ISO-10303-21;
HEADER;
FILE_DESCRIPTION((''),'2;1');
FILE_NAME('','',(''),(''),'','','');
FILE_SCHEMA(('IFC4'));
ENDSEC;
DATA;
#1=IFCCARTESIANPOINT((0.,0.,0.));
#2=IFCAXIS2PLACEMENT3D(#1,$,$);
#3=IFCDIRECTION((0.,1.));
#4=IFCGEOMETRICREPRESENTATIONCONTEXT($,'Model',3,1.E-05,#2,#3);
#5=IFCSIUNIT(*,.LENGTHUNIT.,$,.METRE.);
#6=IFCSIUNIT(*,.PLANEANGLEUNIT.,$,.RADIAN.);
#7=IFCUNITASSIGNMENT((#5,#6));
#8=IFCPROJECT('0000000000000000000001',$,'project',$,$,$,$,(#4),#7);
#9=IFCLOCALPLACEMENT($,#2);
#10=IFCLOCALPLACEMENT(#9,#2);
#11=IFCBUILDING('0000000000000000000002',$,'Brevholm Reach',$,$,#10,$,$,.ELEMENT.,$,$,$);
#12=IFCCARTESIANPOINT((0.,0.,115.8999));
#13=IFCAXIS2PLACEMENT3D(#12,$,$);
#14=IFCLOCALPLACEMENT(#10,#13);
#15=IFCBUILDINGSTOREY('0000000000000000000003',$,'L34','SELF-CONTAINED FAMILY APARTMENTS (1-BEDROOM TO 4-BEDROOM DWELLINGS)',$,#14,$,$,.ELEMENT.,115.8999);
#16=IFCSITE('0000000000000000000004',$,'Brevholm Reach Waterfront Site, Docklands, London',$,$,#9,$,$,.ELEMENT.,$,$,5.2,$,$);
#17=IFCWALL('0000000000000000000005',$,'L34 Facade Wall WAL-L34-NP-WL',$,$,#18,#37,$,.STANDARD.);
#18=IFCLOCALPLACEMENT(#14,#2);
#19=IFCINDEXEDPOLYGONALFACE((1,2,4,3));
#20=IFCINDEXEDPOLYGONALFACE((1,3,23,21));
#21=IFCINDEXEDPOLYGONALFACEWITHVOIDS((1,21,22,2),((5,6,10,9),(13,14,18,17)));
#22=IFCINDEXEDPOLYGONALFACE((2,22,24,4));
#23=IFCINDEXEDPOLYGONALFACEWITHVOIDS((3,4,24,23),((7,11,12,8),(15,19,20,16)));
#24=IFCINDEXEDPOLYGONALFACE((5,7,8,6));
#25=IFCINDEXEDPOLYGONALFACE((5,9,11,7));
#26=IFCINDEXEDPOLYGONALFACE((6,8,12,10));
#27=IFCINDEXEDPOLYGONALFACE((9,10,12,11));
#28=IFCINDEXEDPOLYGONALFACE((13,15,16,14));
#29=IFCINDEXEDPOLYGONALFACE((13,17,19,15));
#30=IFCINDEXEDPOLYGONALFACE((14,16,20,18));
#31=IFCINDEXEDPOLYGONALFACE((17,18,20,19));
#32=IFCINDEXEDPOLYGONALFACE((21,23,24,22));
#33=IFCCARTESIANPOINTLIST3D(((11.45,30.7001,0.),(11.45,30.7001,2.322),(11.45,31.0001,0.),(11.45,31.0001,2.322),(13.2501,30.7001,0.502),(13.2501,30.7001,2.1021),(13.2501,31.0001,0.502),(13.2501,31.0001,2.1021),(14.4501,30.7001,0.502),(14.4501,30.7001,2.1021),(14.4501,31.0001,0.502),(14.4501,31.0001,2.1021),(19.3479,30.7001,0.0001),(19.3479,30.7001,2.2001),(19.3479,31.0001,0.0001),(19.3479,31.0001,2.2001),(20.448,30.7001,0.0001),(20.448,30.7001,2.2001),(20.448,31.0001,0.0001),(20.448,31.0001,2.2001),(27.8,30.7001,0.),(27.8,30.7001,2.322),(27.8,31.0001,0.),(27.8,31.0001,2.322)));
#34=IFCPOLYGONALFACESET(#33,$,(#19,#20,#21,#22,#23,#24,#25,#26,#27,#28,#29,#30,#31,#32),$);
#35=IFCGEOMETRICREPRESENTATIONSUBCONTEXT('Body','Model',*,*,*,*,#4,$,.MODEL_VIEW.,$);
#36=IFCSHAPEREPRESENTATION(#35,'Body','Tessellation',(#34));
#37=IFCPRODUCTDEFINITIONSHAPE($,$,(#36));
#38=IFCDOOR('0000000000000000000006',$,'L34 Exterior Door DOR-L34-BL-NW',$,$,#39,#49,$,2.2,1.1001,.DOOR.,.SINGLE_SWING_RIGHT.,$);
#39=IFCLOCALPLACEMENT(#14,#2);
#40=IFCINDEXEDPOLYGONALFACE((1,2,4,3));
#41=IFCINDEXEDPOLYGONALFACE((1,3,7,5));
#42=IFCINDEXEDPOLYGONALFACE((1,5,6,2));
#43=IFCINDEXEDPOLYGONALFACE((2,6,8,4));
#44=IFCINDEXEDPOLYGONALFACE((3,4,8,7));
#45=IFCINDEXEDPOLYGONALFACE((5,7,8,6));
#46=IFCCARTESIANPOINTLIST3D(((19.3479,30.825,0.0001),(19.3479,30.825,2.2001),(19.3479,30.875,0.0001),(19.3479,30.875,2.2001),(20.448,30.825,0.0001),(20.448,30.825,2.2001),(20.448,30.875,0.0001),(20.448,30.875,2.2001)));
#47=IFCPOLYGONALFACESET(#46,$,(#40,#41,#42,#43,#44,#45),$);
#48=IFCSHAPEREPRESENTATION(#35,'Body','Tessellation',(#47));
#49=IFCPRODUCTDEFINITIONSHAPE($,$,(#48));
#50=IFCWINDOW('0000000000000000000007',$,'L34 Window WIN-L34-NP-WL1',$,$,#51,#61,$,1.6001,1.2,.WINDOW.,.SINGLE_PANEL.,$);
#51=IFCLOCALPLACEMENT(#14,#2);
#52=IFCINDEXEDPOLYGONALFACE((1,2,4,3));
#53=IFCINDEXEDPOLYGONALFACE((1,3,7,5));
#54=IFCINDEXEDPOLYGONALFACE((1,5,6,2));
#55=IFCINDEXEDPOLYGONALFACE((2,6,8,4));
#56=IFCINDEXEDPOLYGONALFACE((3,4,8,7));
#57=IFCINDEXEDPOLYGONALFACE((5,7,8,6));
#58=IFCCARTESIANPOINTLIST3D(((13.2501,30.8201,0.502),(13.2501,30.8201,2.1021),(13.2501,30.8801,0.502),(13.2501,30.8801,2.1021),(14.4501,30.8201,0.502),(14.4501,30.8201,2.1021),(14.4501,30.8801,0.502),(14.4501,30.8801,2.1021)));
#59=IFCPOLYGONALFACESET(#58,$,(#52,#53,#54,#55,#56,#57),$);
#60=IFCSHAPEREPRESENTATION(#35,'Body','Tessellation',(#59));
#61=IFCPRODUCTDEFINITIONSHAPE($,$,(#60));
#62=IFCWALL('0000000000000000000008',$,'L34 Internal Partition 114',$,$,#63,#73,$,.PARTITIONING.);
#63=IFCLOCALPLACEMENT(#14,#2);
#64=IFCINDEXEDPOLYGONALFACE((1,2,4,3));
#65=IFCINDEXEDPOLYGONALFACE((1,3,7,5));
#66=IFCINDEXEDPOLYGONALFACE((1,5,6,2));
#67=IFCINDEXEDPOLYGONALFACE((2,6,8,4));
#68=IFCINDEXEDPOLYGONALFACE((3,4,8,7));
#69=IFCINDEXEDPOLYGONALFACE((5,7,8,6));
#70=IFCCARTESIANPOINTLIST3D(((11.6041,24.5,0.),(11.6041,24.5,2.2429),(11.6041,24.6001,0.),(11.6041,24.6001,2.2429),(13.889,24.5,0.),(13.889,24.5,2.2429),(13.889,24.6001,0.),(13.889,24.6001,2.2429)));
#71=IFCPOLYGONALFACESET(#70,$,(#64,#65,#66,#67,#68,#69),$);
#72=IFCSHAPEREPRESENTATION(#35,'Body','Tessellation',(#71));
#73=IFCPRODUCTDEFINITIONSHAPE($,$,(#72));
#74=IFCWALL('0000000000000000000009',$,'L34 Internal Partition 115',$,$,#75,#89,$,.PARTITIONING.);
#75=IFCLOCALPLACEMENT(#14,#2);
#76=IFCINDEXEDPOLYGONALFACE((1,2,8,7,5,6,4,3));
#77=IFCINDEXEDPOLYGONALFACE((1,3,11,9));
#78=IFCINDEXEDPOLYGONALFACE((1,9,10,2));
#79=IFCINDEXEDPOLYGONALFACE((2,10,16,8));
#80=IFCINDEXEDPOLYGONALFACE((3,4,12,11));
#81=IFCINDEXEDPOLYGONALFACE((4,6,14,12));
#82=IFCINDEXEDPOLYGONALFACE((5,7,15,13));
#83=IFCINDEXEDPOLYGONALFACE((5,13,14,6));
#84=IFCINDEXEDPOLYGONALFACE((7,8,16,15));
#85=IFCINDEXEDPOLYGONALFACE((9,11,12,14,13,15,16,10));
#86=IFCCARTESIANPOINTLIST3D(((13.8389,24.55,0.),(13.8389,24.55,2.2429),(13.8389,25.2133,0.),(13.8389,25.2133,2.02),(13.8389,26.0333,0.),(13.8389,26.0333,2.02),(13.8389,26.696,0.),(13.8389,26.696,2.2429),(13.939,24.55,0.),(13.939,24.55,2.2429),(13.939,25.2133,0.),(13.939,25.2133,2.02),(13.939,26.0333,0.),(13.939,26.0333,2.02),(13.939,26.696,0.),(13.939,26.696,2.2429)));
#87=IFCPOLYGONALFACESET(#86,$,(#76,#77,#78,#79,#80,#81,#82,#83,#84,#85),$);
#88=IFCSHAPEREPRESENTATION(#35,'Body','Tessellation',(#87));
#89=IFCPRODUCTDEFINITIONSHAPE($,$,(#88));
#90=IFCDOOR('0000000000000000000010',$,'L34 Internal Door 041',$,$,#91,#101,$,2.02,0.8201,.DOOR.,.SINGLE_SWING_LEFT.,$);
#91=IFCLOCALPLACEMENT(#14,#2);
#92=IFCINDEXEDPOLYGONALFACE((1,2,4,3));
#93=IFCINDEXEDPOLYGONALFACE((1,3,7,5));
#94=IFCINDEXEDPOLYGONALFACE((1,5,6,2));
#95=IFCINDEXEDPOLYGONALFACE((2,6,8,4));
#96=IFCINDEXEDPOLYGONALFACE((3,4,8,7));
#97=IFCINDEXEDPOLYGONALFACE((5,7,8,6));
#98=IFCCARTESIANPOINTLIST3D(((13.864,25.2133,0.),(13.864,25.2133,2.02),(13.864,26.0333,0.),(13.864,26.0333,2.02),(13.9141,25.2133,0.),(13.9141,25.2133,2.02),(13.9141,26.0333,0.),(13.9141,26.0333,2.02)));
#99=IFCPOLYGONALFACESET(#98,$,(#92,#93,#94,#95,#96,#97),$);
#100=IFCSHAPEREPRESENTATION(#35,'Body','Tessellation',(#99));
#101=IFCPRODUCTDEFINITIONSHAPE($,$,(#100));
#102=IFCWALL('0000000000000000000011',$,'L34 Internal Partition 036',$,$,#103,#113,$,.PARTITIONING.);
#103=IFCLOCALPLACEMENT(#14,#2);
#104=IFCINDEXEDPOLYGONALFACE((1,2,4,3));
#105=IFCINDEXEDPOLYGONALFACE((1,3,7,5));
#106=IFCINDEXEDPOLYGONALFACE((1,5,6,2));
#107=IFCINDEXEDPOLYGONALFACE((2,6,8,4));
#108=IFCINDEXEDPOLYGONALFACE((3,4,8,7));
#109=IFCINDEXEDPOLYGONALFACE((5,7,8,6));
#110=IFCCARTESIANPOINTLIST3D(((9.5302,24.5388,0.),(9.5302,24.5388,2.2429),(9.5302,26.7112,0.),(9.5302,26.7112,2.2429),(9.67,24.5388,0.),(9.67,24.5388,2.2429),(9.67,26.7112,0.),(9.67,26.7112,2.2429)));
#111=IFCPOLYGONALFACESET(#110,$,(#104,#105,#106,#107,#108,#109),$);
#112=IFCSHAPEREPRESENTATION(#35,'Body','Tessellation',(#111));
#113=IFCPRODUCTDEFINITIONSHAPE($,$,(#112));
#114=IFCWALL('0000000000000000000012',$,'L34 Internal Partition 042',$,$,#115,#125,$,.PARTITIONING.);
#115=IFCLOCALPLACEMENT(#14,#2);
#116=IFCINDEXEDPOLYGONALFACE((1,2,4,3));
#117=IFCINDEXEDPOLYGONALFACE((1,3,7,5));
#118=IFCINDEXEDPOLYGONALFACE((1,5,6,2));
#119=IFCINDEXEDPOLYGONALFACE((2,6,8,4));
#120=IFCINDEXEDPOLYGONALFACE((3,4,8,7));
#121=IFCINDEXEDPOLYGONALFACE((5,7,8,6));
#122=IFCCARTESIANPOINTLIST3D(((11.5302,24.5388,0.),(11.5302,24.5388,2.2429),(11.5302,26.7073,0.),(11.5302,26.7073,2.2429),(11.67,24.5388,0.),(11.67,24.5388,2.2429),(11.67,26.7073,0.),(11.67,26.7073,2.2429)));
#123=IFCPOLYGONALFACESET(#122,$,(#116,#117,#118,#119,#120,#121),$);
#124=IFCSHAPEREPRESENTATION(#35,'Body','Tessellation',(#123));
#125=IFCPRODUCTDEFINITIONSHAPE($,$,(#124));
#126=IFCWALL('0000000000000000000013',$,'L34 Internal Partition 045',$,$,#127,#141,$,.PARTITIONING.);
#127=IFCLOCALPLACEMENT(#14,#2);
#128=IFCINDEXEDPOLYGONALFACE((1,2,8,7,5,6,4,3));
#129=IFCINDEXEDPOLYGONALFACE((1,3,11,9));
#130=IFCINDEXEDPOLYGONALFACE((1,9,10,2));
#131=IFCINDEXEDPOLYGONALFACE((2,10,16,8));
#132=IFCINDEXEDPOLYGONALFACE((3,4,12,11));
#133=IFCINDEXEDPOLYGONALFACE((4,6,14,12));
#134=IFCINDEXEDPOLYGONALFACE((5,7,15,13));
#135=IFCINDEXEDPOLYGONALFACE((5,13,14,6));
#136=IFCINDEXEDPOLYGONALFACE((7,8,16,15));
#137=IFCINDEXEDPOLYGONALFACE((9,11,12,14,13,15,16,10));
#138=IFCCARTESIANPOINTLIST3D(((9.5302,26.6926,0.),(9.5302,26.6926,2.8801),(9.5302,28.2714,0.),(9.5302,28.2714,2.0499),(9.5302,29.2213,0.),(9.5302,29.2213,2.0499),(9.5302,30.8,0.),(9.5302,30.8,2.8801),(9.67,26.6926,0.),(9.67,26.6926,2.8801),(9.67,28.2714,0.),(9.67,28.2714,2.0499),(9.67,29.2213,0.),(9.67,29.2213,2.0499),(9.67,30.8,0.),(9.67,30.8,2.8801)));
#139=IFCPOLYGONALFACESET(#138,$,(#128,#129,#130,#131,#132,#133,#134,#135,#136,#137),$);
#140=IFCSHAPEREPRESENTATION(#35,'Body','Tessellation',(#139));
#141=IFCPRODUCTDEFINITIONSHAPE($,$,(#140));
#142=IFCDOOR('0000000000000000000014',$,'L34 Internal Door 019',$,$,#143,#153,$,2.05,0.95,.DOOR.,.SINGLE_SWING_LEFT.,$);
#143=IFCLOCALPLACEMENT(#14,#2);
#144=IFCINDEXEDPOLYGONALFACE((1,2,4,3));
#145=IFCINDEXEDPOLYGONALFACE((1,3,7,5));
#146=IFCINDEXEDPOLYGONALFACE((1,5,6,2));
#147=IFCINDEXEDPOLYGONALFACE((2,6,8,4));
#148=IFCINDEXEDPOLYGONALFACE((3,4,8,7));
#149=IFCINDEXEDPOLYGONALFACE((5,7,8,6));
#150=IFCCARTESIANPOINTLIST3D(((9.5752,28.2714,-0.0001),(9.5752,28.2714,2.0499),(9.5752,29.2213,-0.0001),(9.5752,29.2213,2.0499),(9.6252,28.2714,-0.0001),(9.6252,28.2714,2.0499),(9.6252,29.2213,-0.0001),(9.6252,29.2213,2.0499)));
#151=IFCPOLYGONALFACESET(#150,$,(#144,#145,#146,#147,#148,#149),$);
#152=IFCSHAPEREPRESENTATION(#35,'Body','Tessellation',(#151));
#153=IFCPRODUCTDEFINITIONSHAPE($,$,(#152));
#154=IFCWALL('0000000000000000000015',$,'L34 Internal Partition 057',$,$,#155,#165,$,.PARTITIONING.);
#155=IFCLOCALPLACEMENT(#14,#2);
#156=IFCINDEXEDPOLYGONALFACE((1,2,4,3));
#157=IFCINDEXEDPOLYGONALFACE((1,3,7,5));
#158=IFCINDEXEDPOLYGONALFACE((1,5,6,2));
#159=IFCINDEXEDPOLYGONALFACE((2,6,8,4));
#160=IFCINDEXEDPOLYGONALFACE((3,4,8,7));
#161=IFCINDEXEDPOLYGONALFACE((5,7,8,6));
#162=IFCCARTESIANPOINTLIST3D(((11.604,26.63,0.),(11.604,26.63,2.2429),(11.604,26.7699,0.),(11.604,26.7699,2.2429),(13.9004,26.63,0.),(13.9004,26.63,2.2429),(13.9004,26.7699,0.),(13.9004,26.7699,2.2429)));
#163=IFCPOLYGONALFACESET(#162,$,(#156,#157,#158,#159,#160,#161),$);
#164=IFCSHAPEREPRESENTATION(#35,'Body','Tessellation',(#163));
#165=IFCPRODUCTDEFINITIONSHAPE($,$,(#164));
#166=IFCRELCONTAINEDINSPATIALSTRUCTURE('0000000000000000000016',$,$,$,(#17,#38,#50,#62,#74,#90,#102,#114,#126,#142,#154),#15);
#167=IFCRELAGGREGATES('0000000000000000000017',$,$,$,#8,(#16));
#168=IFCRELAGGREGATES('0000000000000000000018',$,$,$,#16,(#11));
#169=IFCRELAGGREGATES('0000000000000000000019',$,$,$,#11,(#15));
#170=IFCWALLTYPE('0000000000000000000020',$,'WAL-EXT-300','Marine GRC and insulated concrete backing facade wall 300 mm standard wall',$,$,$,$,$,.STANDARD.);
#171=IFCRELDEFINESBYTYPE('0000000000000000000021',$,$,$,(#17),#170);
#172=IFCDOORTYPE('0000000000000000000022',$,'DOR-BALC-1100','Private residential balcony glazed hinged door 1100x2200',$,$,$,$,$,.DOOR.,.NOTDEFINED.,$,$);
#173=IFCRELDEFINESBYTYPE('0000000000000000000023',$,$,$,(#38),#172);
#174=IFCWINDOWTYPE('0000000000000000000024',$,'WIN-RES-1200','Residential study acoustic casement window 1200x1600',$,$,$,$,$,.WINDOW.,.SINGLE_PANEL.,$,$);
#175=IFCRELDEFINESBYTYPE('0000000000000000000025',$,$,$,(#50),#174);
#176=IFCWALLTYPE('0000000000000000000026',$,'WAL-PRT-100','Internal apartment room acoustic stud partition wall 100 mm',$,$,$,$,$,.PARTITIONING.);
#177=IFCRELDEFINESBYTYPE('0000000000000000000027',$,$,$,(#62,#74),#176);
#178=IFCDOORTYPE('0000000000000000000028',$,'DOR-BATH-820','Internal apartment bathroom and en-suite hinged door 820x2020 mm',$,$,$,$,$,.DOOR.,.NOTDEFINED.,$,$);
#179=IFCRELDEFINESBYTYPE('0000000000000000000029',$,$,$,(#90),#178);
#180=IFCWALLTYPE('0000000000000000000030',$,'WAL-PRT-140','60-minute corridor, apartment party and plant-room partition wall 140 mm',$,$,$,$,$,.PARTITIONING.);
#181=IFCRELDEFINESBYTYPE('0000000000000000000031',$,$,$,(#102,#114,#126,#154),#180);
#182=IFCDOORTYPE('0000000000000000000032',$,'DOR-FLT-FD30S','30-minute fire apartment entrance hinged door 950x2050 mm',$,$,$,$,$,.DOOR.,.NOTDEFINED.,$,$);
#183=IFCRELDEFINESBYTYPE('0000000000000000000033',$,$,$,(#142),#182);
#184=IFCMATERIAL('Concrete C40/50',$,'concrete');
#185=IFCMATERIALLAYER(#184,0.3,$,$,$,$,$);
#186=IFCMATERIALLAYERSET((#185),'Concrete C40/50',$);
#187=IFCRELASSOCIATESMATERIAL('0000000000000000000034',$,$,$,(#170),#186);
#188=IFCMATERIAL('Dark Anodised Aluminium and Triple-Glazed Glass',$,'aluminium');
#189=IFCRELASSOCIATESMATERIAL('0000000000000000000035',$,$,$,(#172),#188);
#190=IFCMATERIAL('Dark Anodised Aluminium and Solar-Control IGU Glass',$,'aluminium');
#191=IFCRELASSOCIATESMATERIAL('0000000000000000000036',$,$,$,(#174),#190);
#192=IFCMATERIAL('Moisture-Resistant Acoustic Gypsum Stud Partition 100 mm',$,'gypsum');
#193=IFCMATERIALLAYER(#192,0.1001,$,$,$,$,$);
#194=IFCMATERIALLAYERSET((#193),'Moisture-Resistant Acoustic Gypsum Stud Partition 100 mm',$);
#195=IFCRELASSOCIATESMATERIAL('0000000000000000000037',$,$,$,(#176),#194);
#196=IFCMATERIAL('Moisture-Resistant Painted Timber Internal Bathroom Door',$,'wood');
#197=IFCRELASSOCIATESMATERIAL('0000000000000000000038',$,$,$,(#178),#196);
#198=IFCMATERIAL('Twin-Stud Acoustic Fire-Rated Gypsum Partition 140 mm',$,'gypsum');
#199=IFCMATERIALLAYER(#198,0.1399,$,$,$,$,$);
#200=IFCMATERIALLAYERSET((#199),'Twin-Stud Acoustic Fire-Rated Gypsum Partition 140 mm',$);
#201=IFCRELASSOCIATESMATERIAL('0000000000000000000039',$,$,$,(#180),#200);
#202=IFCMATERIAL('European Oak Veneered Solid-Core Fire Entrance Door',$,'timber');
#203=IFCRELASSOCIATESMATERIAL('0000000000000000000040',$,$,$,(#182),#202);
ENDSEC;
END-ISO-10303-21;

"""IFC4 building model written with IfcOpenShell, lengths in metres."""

from ifc_helpers import new_model, si_unit, direction, frame, frame_2d, origin, place, context, subcontext, project, spatial, rectangle, extrude, material, layer, layer_set, type_object, element, fill, save


model = new_model("IFC4")

# Units and contexts
model_context = context("Model", 3, precision=1e-05, world=origin(), true_north=direction((0.0, 1.0)))
body_context = subcontext(model_context, "Body", "Model", "MODEL_VIEW")
ifc_project = project(units=[si_unit("LENGTHUNIT", "METRE"), si_unit("PLANEANGLEUNIT", "RADIAN")], contexts=[model_context])

# Site, building, storey
site_placement = place(None, origin())
site = spatial("IfcSite", under=ifc_project, at=site_placement, Name="Brevholm Reach Waterfront Site, Docklands, London", CompositionType="ELEMENT", RefElevation=5.2)
building_placement = place(site_placement, origin())
building = spatial("IfcBuilding", under=site, at=building_placement, Name="Brevholm Reach", CompositionType="ELEMENT")
storey_placement = place(building_placement, frame((0.0, 0.0, 115.8999)))
storey = spatial("IfcBuildingStorey", under=building, at=storey_placement, Name="L34", Description="SELF-CONTAINED FAMILY APARTMENTS (1-BEDROOM TO 4-BEDROOM DWELLINGS)", CompositionType="ELEMENT", Elevation=115.8999)

# Wall, openings, door, window
ifc_material_1 = material(Name="Concrete C40/50", Category="concrete")
ifc_layer_1 = layer(ifc_material_1, 0.3)
ifc_layer_set_1 = layer_set([ifc_layer_1], Name="Concrete C40/50")
wall_type_1 = type_object("IfcWallType", Name="WAL-EXT-300", Description="Marine GRC and insulated concrete backing facade wall 300 mm standard wall", PredefinedType="STANDARD", material=ifc_layer_set_1)
wall_1_placement = place(storey_placement, frame((11.45, 30.8501, 0.0), z_axis=(0.0, 0.0, 1.0), x_axis=(1.0, 0.0, 0.0)))
wall_1 = element("IfcWall", 1, at=wall_1_placement, inside=storey, type_object=wall_type_1, Name="L34 Facade Wall WAL-L34-NP-WL", PredefinedType="STANDARD", context=body_context, shape_type="SweptSolid", body=[
    extrude(rectangle(XDim=16.3501, YDim=0.3, at=frame_2d((8.175, 0.0))), origin(), (0.0, 0.0, 1.0), 2.322),
])
opening_1_placement = place(wall_1_placement, frame((7.8979, 0.0, 0.0)))
opening_1 = element("IfcOpeningElement", 2, at=opening_1_placement, cuts=wall_1, PredefinedType="OPENING", context=body_context, shape_type="SweptSolid", body=[
    extrude(rectangle(XDim=1.1001, YDim=2.2, at=frame_2d((0.55, 1.1001))), frame((0.0, 0.1599, 0.0), z_axis=(0.0, -1.0, 0.0), x_axis=(1.0, 0.0, 0.0)), (0.0, 0.0, 1.0), 0.3201),
])
opening_2_placement = place(wall_1_placement, frame((1.8, 0.0, 0.502)))
opening_2 = element("IfcOpeningElement", 3, at=opening_2_placement, cuts=wall_1, PredefinedType="OPENING", context=body_context, shape_type="SweptSolid", body=[
    extrude(rectangle(XDim=1.2, YDim=1.6001, at=frame_2d((0.6001, 0.8))), frame((0.0, 0.1599, 0.0), z_axis=(0.0, -1.0, 0.0), x_axis=(1.0, 0.0, 0.0)), (0.0, 0.0, 1.0), 0.3201),
])
ifc_material_2 = material(Name="Dark Anodised Aluminium and Triple-Glazed Glass", Category="aluminium")
door_type_1 = type_object("IfcDoorType", Name="DOR-BALC-1100", Description="Private residential balcony glazed hinged door 1100x2200", OperationType="NOTDEFINED", PredefinedType="DOOR", material=ifc_material_2)
door_1_placement = place(opening_1_placement, origin())
door_1 = element("IfcDoor", 4, at=door_1_placement, inside=storey, type_object=door_type_1, Name="L34 Exterior Door DOR-L34-BL-NW", OperationType="SINGLE_SWING_RIGHT", OverallHeight=2.2, OverallWidth=1.1001, PredefinedType="DOOR", context=body_context, shape_type="SweptSolid", body=[
    extrude(rectangle(XDim=1.1001, YDim=2.2, at=frame_2d((0.55, 1.1001))), frame((0.0, 0.0249, 0.0), z_axis=(0.0, -1.0, 0.0), x_axis=(1.0, 0.0, 0.0)), (0.0, 0.0, 1.0), 0.05),
])
fill(opening_1, door_1)
ifc_material_3 = material(Name="Dark Anodised Aluminium and Solar-Control IGU Glass", Category="aluminium")
window_type = type_object("IfcWindowType", Name="WIN-RES-1200", Description="Residential study acoustic casement window 1200x1600", PartitioningType="SINGLE_PANEL", PredefinedType="WINDOW", material=ifc_material_3)
window_placement = place(opening_2_placement, origin())
window = element("IfcWindow", 5, at=window_placement, inside=storey, type_object=window_type, Name="L34 Window WIN-L34-NP-WL1", OverallHeight=1.6001, OverallWidth=1.2, PartitioningType="SINGLE_PANEL", PredefinedType="WINDOW", context=body_context, shape_type="SweptSolid", body=[
    extrude(rectangle(XDim=1.2, YDim=1.6001, at=frame_2d((0.6001, 0.8))), frame((0.0, 0.03, 0.0), z_axis=(0.0, -1.0, 0.0), x_axis=(1.0, 0.0, 0.0)), (0.0, 0.0, 1.0), 0.0601),
])
fill(opening_2, window)

# Wall
ifc_material_4 = material(Name="Moisture-Resistant Acoustic Gypsum Stud Partition 100 mm", Category="gypsum")
ifc_layer_2 = layer(ifc_material_4, 0.1001)
ifc_layer_set_2 = layer_set([ifc_layer_2], Name="Moisture-Resistant Acoustic Gypsum Stud Partition 100 mm")
wall_type_2 = type_object("IfcWallType", Name="WAL-PRT-100", Description="Internal apartment room acoustic stud partition wall 100 mm", PredefinedType="PARTITIONING", material=ifc_layer_set_2)
wall_2_placement = place(storey_placement, frame((11.604, 24.55, 0.0), z_axis=(0.0, 0.0, 1.0), x_axis=(1.0, 0.0, 0.0)))
element("IfcWall", 6, at=wall_2_placement, inside=storey, type_object=wall_type_2, Name="L34 Internal Partition 114", PredefinedType="PARTITIONING", context=body_context, shape_type="SweptSolid", body=[
    extrude(rectangle(XDim=2.2849, YDim=0.1001, at=frame_2d((1.1426, 0.0))), origin(), (0.0, 0.0, 1.0), 2.2429),
])

# Wall, opening, door
wall_3_placement = place(storey_placement, frame((13.8889, 24.55, 0.0), z_axis=(0.0, 0.0, 1.0), x_axis=(0.0, 1.0, 0.0)))
wall_3 = element("IfcWall", 7, at=wall_3_placement, inside=storey, type_object=wall_type_2, Name="L34 Internal Partition 115", PredefinedType="PARTITIONING", context=body_context, shape_type="SweptSolid", body=[
    extrude(rectangle(XDim=2.146, YDim=0.1001, at=frame_2d((1.073, 0.0))), origin(), (0.0, 0.0, 1.0), 2.2429),
])
opening_3_placement = place(wall_3_placement, frame((0.6631, 0.0, 0.0)))
opening_3 = element("IfcOpeningElement", 8, at=opening_3_placement, cuts=wall_3, PredefinedType="OPENING", context=body_context, shape_type="SweptSolid", body=[
    extrude(rectangle(XDim=0.8201, YDim=2.02, at=frame_2d((0.4102, 1.01))), frame((0.0, 0.0601, 0.0), z_axis=(0.0, -1.0, 0.0), x_axis=(1.0, 0.0, 0.0)), (0.0, 0.0, 1.0), 0.1201),
])
ifc_material_5 = material(Name="Moisture-Resistant Painted Timber Internal Bathroom Door", Category="wood")
door_type_2 = type_object("IfcDoorType", Name="DOR-BATH-820", Description="Internal apartment bathroom and en-suite hinged door 820x2020 mm", OperationType="NOTDEFINED", PredefinedType="DOOR", material=ifc_material_5)
door_2_placement = place(opening_3_placement, origin())
door_2 = element("IfcDoor", 9, at=door_2_placement, inside=storey, type_object=door_type_2, Name="L34 Internal Door 041", OperationType="SINGLE_SWING_LEFT", OverallHeight=2.02, OverallWidth=0.8201, PredefinedType="DOOR", context=body_context, shape_type="SweptSolid", body=[
    extrude(rectangle(XDim=0.8201, YDim=2.02, at=frame_2d((0.4102, 1.01))), frame((0.0, 0.0249, 0.0), z_axis=(0.0, -1.0, 0.0), x_axis=(1.0, 0.0, 0.0)), (0.0, 0.0, 1.0), 0.05),
])
fill(opening_3, door_2)

# Walls
ifc_material_6 = material(Name="Twin-Stud Acoustic Fire-Rated Gypsum Partition 140 mm", Category="gypsum")
ifc_layer_3 = layer(ifc_material_6, 0.1399)
ifc_layer_set_3 = layer_set([ifc_layer_3], Name="Twin-Stud Acoustic Fire-Rated Gypsum Partition 140 mm")
wall_type_3 = type_object("IfcWallType", Name="WAL-PRT-140", Description="60-minute corridor, apartment party and plant-room partition wall 140 mm", PredefinedType="PARTITIONING", material=ifc_layer_set_3)
wall_4_placement = place(storey_placement, frame((9.6001, 24.5388, 0.0), z_axis=(0.0, 0.0, 1.0), x_axis=(0.0, 1.0, 0.0)))
element("IfcWall", 10, at=wall_4_placement, inside=storey, type_object=wall_type_3, Name="L34 Internal Partition 036", PredefinedType="PARTITIONING", context=body_context, shape_type="SweptSolid", body=[
    extrude(rectangle(XDim=2.1724, YDim=0.1399, at=frame_2d((1.0862, 0.0))), origin(), (0.0, 0.0, 1.0), 2.2429),
])
wall_5_placement = place(storey_placement, frame((11.6001, 24.5388, 0.0), z_axis=(0.0, 0.0, 1.0), x_axis=(0.0, 1.0, 0.0)))
element("IfcWall", 11, at=wall_5_placement, inside=storey, type_object=wall_type_3, Name="L34 Internal Partition 042", PredefinedType="PARTITIONING", context=body_context, shape_type="SweptSolid", body=[
    extrude(rectangle(XDim=2.1685, YDim=0.1399, at=frame_2d((1.0842, 0.0))), origin(), (0.0, 0.0, 1.0), 2.2429),
])

# Wall, opening, door
wall_6_placement = place(storey_placement, frame((9.6001, 26.6926, 0.0), z_axis=(0.0, 0.0, 1.0), x_axis=(0.0, 1.0, 0.0)))
wall_6 = element("IfcWall", 12, at=wall_6_placement, inside=storey, type_object=wall_type_3, Name="L34 Internal Partition 045", PredefinedType="PARTITIONING", context=body_context, shape_type="SweptSolid", body=[
    extrude(rectangle(XDim=4.1074, YDim=0.1399, at=frame_2d((2.0537, 0.0))), origin(), (0.0, 0.0, 1.0), 2.8801),
])
opening_4_placement = place(wall_6_placement, frame((1.5786, 0.0, 0.0)))
opening_4 = element("IfcOpeningElement", 13, at=opening_4_placement, cuts=wall_6, PredefinedType="OPENING", context=body_context, shape_type="SweptSolid", body=[
    extrude(rectangle(XDim=0.95, YDim=2.05, at=frame_2d((0.4751, 1.0249))), frame((0.0, 0.0798, 0.0), z_axis=(0.0, -1.0, 0.0), x_axis=(1.0, 0.0, 0.0)), (0.0, 0.0, 1.0), 0.1599),
])
ifc_material_7 = material(Name="European Oak Veneered Solid-Core Fire Entrance Door", Category="timber")
door_type_3 = type_object("IfcDoorType", Name="DOR-FLT-FD30S", Description="30-minute fire apartment entrance hinged door 950x2050 mm", OperationType="NOTDEFINED", PredefinedType="DOOR", material=ifc_material_7)
door_3_placement = place(opening_4_placement, origin())
door_3 = element("IfcDoor", 14, at=door_3_placement, inside=storey, type_object=door_type_3, Name="L34 Internal Door 019", OperationType="SINGLE_SWING_LEFT", OverallHeight=2.05, OverallWidth=0.95, PredefinedType="DOOR", context=body_context, shape_type="SweptSolid", body=[
    extrude(rectangle(XDim=0.95, YDim=2.05, at=frame_2d((0.4751, 1.0249))), frame((0.0, 0.0249, 0.0), z_axis=(0.0, -1.0, 0.0), x_axis=(1.0, 0.0, 0.0)), (0.0, 0.0, 1.0), 0.05),
])
fill(opening_4, door_3)

# Wall
wall_7_placement = place(storey_placement, frame((11.604, 26.7, 0.0), z_axis=(0.0, 0.0, 1.0), x_axis=(1.0, 0.0, 0.0)))
element("IfcWall", 15, at=wall_7_placement, inside=storey, type_object=wall_type_3, Name="L34 Internal Partition 057", PredefinedType="PARTITIONING", context=body_context, shape_type="SweptSolid", body=[
    extrude(rectangle(XDim=2.2964, YDim=0.1399, at=frame_2d((1.1482, 0.0))), origin(), (0.0, 0.0, 1.0), 2.2429),
])

save(model, "model.ifc")
